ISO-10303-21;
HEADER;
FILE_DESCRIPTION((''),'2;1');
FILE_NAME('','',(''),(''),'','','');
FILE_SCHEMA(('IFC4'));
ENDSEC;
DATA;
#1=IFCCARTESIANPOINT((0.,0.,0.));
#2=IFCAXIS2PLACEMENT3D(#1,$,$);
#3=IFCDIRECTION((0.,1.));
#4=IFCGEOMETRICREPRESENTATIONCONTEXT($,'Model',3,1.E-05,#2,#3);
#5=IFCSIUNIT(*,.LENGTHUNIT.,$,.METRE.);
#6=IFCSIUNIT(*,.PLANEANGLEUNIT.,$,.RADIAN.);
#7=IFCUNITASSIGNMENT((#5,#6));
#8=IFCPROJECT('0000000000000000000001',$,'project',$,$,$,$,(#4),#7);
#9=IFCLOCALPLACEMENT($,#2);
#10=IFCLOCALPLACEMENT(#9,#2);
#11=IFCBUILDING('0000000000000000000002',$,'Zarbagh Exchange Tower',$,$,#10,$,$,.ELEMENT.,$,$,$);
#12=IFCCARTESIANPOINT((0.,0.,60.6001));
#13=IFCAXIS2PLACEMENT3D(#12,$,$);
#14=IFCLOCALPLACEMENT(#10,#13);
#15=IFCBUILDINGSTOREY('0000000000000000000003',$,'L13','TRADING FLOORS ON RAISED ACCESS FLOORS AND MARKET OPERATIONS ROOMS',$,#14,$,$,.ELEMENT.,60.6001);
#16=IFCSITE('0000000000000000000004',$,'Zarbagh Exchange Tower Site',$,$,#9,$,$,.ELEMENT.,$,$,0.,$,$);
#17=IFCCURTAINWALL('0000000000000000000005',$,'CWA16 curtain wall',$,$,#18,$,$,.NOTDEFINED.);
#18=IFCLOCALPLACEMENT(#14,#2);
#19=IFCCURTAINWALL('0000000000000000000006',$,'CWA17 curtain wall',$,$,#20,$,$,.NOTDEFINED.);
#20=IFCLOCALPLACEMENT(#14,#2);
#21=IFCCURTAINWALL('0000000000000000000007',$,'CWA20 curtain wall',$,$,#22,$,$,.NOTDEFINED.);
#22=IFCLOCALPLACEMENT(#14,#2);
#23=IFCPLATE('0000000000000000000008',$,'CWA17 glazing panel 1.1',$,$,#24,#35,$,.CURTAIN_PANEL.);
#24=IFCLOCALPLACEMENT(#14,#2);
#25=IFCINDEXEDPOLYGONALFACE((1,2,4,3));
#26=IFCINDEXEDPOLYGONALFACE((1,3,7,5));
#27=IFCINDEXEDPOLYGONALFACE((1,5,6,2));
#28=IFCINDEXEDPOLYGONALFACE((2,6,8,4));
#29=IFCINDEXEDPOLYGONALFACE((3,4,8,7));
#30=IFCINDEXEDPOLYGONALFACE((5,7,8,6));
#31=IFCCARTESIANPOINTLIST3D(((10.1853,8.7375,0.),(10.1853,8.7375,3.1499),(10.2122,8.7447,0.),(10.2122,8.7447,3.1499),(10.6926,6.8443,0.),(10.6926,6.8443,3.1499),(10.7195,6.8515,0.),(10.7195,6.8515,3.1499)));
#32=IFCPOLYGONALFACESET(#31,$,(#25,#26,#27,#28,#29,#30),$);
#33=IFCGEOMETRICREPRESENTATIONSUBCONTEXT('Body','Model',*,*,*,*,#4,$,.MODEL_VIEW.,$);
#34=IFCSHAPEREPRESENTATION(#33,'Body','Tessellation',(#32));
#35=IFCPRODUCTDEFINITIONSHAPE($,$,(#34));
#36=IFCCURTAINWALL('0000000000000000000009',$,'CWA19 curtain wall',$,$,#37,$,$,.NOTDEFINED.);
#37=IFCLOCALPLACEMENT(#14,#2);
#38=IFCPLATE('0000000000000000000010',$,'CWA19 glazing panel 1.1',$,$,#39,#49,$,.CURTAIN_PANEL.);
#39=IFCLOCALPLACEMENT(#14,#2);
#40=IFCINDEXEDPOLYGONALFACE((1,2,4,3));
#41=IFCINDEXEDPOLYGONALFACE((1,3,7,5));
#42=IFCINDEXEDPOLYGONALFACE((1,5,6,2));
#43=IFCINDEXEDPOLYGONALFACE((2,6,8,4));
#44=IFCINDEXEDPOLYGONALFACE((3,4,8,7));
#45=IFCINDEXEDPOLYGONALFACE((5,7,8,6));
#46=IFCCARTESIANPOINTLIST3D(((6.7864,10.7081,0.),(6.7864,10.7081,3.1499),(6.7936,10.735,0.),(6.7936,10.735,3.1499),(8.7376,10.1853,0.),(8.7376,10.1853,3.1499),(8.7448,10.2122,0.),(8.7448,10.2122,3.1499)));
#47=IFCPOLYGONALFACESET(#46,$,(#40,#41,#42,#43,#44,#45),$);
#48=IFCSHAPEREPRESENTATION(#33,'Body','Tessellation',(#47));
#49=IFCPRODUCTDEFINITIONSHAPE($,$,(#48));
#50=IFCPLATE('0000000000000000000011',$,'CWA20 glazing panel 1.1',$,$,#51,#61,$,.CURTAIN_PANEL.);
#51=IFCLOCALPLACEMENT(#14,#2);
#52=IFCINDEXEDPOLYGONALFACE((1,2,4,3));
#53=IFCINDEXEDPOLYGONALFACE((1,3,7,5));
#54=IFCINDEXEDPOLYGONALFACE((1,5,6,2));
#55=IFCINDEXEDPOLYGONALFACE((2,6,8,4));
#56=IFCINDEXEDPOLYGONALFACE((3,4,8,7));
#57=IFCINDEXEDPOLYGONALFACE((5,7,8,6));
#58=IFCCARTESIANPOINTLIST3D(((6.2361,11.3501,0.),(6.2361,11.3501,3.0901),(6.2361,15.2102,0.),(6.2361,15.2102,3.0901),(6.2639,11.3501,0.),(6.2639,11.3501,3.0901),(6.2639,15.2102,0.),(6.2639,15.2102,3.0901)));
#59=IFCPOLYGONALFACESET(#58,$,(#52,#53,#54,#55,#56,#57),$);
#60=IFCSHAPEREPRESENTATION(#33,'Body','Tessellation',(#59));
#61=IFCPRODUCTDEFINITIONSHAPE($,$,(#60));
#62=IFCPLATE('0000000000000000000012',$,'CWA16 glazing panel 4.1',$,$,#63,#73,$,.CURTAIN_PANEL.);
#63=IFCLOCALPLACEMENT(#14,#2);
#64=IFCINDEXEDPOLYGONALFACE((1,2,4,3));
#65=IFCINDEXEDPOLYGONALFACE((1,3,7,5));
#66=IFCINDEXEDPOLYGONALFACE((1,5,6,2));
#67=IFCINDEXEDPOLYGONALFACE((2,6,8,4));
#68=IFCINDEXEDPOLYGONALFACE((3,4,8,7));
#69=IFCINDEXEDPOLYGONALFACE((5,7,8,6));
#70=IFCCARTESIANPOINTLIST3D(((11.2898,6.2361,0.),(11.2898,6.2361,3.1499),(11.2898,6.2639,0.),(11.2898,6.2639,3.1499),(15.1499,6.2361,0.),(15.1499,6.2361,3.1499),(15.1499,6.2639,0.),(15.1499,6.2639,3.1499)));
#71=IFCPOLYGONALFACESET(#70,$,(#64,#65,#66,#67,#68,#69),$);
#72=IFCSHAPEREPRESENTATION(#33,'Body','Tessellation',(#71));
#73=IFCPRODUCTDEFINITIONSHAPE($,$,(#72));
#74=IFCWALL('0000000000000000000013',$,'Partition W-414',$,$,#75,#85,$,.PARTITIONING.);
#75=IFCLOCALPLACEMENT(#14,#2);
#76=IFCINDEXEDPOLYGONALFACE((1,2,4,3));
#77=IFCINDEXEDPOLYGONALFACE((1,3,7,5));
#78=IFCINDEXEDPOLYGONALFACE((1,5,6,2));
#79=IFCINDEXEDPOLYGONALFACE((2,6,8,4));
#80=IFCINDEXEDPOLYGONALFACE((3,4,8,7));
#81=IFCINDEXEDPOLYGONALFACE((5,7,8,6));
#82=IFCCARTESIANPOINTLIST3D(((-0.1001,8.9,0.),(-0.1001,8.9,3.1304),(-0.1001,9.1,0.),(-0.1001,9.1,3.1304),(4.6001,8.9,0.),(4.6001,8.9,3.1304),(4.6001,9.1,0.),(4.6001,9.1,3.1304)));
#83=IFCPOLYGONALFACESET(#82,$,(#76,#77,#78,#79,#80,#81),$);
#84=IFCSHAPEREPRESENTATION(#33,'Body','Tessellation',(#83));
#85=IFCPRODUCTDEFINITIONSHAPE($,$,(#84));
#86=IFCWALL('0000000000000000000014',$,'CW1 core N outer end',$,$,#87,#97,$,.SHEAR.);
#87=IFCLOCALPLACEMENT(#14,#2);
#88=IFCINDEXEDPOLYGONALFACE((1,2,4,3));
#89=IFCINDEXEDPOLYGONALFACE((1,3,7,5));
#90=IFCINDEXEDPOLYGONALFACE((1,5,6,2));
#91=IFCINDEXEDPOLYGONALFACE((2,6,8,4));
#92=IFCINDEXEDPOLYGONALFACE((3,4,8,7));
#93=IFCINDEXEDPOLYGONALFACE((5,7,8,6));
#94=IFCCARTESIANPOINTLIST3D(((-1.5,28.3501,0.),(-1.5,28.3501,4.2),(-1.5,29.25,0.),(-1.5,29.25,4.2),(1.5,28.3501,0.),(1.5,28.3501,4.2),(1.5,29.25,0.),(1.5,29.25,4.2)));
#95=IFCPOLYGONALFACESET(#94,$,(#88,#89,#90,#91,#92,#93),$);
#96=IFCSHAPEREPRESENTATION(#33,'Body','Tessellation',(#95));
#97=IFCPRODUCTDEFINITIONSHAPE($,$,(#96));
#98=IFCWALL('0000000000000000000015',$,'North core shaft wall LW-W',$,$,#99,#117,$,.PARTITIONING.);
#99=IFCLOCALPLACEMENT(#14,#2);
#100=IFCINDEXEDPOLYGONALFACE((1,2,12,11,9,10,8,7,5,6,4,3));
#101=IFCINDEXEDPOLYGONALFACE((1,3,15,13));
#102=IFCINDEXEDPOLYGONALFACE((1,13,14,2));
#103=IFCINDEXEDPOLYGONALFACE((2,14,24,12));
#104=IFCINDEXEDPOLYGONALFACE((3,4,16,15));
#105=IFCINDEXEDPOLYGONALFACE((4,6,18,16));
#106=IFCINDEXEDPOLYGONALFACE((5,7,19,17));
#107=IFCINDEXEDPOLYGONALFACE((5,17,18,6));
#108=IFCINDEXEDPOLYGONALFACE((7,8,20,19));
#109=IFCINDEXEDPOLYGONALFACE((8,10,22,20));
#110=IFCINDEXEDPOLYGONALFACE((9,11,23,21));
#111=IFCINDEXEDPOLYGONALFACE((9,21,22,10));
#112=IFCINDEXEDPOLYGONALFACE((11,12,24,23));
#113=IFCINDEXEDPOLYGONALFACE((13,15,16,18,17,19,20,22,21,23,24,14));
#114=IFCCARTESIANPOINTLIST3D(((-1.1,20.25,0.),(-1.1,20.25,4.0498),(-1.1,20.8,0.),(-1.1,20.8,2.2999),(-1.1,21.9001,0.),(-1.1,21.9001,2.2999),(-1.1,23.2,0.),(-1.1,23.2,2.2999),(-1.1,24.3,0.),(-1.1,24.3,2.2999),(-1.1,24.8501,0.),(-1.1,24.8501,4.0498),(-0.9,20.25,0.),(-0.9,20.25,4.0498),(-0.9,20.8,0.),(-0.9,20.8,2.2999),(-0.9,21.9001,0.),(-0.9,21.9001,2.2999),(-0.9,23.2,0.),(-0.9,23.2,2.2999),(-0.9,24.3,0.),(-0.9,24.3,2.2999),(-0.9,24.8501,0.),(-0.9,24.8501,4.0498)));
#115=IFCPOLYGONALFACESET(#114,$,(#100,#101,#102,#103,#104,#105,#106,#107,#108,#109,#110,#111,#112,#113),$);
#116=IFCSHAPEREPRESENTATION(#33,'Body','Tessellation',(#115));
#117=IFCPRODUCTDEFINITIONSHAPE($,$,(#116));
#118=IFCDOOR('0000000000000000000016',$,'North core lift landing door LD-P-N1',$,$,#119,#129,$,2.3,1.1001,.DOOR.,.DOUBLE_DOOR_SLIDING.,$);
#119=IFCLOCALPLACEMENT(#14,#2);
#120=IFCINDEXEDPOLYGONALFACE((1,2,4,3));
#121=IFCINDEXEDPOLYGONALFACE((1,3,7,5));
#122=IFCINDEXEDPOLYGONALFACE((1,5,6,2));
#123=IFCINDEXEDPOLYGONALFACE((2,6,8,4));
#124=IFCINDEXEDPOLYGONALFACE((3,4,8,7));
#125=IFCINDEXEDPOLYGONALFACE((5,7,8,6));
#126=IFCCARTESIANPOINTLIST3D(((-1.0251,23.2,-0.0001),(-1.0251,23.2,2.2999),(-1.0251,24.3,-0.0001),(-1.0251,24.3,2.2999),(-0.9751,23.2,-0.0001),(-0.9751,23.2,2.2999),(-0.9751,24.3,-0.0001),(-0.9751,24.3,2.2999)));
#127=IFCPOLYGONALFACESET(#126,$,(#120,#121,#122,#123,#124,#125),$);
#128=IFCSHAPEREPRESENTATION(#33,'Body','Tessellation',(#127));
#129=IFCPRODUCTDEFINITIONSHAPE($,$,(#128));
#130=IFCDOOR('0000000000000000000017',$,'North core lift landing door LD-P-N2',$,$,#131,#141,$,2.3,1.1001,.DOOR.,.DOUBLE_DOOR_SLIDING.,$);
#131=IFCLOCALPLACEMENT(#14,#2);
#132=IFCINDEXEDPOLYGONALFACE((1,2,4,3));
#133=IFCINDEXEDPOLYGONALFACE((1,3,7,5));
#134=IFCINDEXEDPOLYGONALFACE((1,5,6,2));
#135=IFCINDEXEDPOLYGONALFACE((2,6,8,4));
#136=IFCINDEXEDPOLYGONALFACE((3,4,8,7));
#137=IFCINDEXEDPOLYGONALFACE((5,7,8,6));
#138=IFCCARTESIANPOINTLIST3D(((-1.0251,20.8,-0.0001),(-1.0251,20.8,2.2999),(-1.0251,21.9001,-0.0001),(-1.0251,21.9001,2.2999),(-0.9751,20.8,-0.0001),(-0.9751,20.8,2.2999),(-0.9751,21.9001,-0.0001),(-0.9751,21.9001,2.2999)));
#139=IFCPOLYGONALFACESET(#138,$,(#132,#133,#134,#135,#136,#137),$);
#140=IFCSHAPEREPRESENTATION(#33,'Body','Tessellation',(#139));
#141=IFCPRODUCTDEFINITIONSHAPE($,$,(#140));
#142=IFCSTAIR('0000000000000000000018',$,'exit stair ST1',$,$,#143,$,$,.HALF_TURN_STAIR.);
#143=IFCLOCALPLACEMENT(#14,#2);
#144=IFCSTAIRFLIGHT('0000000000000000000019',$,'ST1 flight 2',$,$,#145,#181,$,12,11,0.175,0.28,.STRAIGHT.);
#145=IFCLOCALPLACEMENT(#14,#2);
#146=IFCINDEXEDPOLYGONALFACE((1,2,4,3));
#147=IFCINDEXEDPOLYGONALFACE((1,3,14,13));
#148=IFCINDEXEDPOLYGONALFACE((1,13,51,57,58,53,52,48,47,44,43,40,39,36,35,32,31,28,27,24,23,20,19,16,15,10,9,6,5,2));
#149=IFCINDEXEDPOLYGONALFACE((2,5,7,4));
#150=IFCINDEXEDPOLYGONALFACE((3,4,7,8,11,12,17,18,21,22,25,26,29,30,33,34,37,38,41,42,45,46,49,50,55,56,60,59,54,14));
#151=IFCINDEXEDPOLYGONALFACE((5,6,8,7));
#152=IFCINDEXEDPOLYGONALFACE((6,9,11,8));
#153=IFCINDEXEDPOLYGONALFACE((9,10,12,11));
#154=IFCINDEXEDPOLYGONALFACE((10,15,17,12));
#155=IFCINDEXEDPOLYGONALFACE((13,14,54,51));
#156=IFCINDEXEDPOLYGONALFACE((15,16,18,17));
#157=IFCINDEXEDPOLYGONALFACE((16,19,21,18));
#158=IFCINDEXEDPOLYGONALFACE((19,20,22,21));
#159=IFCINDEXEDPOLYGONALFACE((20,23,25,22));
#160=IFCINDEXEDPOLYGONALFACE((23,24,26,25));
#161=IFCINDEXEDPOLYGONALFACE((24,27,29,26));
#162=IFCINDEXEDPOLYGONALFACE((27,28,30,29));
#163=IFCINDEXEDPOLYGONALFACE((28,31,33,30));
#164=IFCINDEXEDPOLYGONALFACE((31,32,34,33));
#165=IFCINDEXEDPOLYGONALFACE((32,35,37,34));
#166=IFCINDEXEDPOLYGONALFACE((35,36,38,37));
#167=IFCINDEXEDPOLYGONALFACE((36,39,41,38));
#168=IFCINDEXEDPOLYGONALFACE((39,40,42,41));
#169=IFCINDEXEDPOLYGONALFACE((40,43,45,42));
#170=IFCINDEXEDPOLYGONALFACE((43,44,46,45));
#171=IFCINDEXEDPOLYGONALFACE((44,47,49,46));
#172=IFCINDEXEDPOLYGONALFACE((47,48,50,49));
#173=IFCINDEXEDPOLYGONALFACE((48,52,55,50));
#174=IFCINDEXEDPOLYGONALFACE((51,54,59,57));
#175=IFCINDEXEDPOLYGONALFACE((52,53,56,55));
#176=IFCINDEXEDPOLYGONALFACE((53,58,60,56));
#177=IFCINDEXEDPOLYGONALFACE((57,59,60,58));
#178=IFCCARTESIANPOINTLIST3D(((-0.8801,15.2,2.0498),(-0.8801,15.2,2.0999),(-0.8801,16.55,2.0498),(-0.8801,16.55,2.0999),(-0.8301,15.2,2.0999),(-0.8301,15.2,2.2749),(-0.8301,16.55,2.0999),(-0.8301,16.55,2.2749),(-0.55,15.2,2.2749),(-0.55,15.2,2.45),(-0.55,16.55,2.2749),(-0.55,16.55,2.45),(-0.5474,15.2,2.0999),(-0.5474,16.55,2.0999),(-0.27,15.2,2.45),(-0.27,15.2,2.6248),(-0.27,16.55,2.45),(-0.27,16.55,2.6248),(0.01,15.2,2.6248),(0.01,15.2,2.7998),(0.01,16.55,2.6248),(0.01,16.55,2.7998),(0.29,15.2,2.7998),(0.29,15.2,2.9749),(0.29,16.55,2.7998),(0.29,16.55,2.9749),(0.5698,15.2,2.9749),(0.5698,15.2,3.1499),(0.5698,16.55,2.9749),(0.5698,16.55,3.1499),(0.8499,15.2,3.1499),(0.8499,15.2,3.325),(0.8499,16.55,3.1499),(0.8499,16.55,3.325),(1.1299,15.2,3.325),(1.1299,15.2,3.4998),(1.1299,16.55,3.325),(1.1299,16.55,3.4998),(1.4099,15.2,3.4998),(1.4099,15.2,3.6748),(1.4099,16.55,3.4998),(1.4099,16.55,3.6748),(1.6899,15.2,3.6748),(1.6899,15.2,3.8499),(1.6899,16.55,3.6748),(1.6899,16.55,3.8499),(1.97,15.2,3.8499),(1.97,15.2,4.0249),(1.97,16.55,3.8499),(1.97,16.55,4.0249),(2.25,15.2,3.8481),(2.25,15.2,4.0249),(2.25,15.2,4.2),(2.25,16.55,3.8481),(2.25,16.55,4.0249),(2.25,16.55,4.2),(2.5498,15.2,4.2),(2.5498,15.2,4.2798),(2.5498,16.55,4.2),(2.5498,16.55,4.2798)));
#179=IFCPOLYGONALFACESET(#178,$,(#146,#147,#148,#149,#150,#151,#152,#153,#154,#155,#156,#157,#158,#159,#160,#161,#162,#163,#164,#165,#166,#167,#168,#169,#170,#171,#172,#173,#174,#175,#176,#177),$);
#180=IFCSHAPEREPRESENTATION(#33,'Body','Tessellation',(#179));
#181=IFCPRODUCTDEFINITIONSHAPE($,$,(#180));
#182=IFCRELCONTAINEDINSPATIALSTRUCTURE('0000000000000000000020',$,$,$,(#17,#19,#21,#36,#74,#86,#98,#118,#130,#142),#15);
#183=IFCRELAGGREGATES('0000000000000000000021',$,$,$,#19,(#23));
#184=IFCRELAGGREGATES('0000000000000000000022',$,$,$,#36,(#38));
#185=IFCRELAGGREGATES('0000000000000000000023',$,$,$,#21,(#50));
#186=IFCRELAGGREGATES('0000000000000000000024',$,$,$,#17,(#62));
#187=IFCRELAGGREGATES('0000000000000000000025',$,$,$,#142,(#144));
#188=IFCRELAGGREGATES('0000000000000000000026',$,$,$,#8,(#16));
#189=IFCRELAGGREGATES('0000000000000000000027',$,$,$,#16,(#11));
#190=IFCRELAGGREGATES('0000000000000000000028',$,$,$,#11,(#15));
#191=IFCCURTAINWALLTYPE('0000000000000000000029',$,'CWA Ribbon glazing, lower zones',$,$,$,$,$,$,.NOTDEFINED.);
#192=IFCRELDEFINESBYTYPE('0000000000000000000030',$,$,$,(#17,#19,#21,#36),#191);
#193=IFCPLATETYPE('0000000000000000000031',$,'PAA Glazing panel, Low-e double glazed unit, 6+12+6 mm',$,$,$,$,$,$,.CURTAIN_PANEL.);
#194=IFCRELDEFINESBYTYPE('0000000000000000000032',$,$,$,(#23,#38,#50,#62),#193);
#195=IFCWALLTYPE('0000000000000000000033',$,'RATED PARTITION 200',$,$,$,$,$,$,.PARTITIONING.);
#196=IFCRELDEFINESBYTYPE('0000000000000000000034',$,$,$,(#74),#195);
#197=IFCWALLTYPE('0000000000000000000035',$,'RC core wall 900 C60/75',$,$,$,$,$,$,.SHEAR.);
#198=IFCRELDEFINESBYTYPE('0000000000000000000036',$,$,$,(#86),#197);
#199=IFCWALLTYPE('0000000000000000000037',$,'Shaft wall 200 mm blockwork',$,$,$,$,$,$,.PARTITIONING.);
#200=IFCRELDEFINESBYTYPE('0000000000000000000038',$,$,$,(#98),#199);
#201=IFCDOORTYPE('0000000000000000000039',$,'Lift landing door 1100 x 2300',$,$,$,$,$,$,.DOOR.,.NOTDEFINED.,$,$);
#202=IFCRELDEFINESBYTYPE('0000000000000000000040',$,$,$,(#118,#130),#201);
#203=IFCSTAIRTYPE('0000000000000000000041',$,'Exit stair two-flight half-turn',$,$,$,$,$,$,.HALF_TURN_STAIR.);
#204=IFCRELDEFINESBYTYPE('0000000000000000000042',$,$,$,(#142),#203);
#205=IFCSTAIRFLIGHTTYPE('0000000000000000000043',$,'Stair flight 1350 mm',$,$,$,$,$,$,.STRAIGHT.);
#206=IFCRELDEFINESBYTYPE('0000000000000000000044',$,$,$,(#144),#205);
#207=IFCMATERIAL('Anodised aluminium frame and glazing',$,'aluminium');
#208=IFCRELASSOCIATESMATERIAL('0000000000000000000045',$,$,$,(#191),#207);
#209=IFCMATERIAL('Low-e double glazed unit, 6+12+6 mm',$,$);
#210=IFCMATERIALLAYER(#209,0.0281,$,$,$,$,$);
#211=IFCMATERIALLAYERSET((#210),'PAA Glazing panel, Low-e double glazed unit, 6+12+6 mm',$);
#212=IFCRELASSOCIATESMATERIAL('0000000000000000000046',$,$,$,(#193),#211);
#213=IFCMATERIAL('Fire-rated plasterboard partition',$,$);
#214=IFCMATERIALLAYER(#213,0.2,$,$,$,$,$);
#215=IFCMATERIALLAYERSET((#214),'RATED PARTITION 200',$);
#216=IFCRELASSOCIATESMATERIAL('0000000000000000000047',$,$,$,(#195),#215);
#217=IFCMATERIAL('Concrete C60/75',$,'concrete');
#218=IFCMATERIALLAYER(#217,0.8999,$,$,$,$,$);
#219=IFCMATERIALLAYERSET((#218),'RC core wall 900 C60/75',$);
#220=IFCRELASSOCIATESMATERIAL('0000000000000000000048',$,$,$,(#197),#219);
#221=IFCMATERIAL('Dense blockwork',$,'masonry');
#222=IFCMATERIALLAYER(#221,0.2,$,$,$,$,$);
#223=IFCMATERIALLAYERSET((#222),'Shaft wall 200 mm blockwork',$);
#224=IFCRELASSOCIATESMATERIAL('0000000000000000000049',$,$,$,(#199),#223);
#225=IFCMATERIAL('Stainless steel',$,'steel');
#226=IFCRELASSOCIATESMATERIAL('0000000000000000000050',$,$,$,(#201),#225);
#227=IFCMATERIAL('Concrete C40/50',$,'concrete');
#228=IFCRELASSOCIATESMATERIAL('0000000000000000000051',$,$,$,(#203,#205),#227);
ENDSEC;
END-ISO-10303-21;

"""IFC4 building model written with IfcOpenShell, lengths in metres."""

from ifc_helpers import new_model, si_unit, direction, frame, frame_2d, origin, place, context, subcontext, project, spatial, polyline, rectangle, outline, extrude, source, transform, mapped, material, layer, layer_set, type_object, element, fill, aggregate, save


model = new_model("IFC4")

# Units and contexts
model_context = context("Model", 3, precision=1e-05, world=origin(), true_north=direction((0.0, 1.0)))
body_context = subcontext(model_context, "Body", "Model", "MODEL_VIEW")
ifc_project = project(units=[si_unit("LENGTHUNIT", "METRE"), si_unit("PLANEANGLEUNIT", "RADIAN")], contexts=[model_context])

# Site, building, storey
site_placement = place(None, origin())
site = spatial("IfcSite", under=ifc_project, at=site_placement, Name="Zarbagh Exchange Tower Site", CompositionType="ELEMENT", RefElevation=0.0)
building_placement = place(site_placement, origin())
building = spatial("IfcBuilding", under=site, at=building_placement, Name="Zarbagh Exchange Tower", CompositionType="ELEMENT")
storey_placement = place(building_placement, frame((0.0, 0.0, 60.6001)))
storey = spatial("IfcBuildingStorey", under=building, at=storey_placement, Name="L13", Description="TRADING FLOORS ON RAISED ACCESS FLOORS AND MARKET OPERATIONS ROOMS", CompositionType="ELEMENT", Elevation=60.6001)

# Shared definitions
ifc_material_1 = material(Name="Concrete C60/75", Category="concrete")

# Curtain wall
ifc_material_2 = material(Name="Anodised aluminium frame and glazing", Category="aluminium")
curtain_wall_type = type_object("IfcCurtainWallType", Name="CWA Ribbon glazing, lower zones", PredefinedType="NOTDEFINED", material=ifc_material_2)
curtain_wall_1_placement = place(storey_placement, origin())
curtain_wall_1 = element("IfcCurtainWall", 1, at=curtain_wall_1_placement, inside=storey, type_object=curtain_wall_type, Name="CWA16 curtain wall", PredefinedType="NOTDEFINED")
placement = place(storey_placement, origin())

# Curtain wall
curtain_wall_2_placement = place(storey_placement, origin())
curtain_wall_2 = element("IfcCurtainWall", 2, at=curtain_wall_2_placement, inside=storey, type_object=curtain_wall_type, Name="CWA17 curtain wall", PredefinedType="NOTDEFINED")

# Curtain wall
curtain_wall_3_placement = place(storey_placement, origin())
curtain_wall_3 = element("IfcCurtainWall", 3, at=curtain_wall_3_placement, inside=storey, type_object=curtain_wall_type, Name="CWA20 curtain wall", PredefinedType="NOTDEFINED")

# Shared definitions
ifc_material_3 = material(Name="Low-e double glazed unit, 6+12+6 mm")
ifc_layer_1 = layer(ifc_material_3, 0.0281)
ifc_layer_set_1 = layer_set([ifc_layer_1], Name="PAA Glazing panel, Low-e double glazed unit, 6+12+6 mm")
plate_type = type_object("IfcPlateType", Name="PAA Glazing panel, Low-e double glazed unit, 6+12+6 mm", PredefinedType="CURTAIN_PANEL", material=ifc_layer_set_1)

# Plate
shared_shape_1 = source(origin(), body_context, "Body", "SweptSolid", [
    extrude(outline(polyline([(0.0, -0.0139), (1.96, -0.0139), (1.96, 0.0139), (0.0, 0.0139), (0.0, -0.0139)])), origin(), (0.0, 0.0, 1.0), 3.1499),
])
plate_1 = element("IfcPlate", 4, at=placement, type_object=plate_type, Name="CWA17 glazing panel 1.1", PredefinedType="CURTAIN_PANEL", context=body_context, shape_type="MappedRepresentation", body=[
    mapped(shared_shape_1, transform((10.7061, 6.8479, 0.0), x_axis=(-0.258825, 0.965924, 0.0), y_axis=(-0.965924, -0.258825, 0.0), z_axis=(0.0, 0.0, 1.0))),
])
aggregate(curtain_wall_2, [plate_1])

# Curtain wall, plate
curtain_wall_4_placement = place(storey_placement, origin())
curtain_wall_4 = element("IfcCurtainWall", 5, at=curtain_wall_4_placement, inside=storey, type_object=curtain_wall_type, Name="CWA19 curtain wall", PredefinedType="NOTDEFINED")
shared_shape_2 = source(origin(), body_context, "Body", "SweptSolid", [
    extrude(outline(polyline([(0.0, -0.0139), (2.02, -0.0139), (2.02, 0.0139), (0.0, 0.0139), (0.0, -0.0139)])), origin(), (0.0, 0.0, 1.0), 3.1499),
])
plate_2 = element("IfcPlate", 6, at=placement, type_object=plate_type, Name="CWA19 glazing panel 1.1", PredefinedType="CURTAIN_PANEL", context=body_context, shape_type="MappedRepresentation", body=[
    mapped(shared_shape_2, transform((8.7412, 10.1987, 0.0), x_axis=(-0.965924, 0.258825, 0.0), y_axis=(-0.258825, -0.965924, 0.0), z_axis=(0.0, 0.0, 1.0))),
])
aggregate(curtain_wall_4, [plate_2])

# Plates
shared_shape_3 = source(origin(), body_context, "Body", "SweptSolid", [
    extrude(outline(polyline([(0.0, -0.0139), (3.8601, -0.0139), (3.8601, 0.0139), (0.0, 0.0139), (0.0, -0.0139)])), origin(), (0.0, 0.0, 1.0), 3.0901),
])
plate_3 = element("IfcPlate", 7, at=placement, type_object=plate_type, Name="CWA20 glazing panel 1.1", PredefinedType="CURTAIN_PANEL", context=body_context, shape_type="MappedRepresentation", body=[
    mapped(shared_shape_3, transform((6.25, 11.3501, 0.0), x_axis=(0.0, 1.0, 0.0), y_axis=(-1.0, 0.0, 0.0), z_axis=(0.0, 0.0, 1.0))),
])
aggregate(curtain_wall_3, [plate_3])
shared_shape_4 = source(origin(), body_context, "Body", "SweptSolid", [
    extrude(outline(polyline([(0.0, -0.0139), (3.8601, -0.0139), (3.8601, 0.0139), (0.0, 0.0139), (0.0, -0.0139)])), origin(), (0.0, 0.0, 1.0), 3.1499),
])
plate_4 = element("IfcPlate", 8, at=placement, type_object=plate_type, Name="CWA16 glazing panel 4.1", PredefinedType="CURTAIN_PANEL", context=body_context, shape_type="MappedRepresentation", body=[
    mapped(shared_shape_4, transform((15.1499, 6.25, 0.0), x_axis=(-1.0, 0.0, 0.0), y_axis=(0.0, -1.0, 0.0), z_axis=(0.0, 0.0, 1.0))),
])
aggregate(curtain_wall_1, [plate_4])

# Walls
ifc_material_4 = material(Name="Fire-rated plasterboard partition")
ifc_layer_2 = layer(ifc_material_4, 0.2)
ifc_layer_set_2 = layer_set([ifc_layer_2], Name="RATED PARTITION 200")
wall_type_1 = type_object("IfcWallType", Name="RATED PARTITION 200", PredefinedType="PARTITIONING", material=ifc_layer_set_2)
wall_1_placement = place(storey_placement, frame((-0.1001, 9.0, 0.0), z_axis=(0.0, 0.0, 1.0), x_axis=(1.0, 0.0, 0.0)))
element("IfcWall", 9, at=wall_1_placement, inside=storey, type_object=wall_type_1, Name="Partition W-414", PredefinedType="PARTITIONING", context=body_context, shape_type="SweptSolid", body=[
    extrude(rectangle(XDim=4.7002, YDim=0.2, at=frame_2d((2.3501, 0.0))), origin(), (0.0, 0.0, 1.0), 3.1304),
])
ifc_layer_3 = layer(ifc_material_1, 0.8999)
ifc_layer_set_3 = layer_set([ifc_layer_3], Name="RC core wall 900 C60/75")
wall_type_2 = type_object("IfcWallType", Name="RC core wall 900 C60/75", PredefinedType="SHEAR", material=ifc_layer_set_3)
wall_2_placement = place(storey_placement, frame((-1.5, 28.8, 0.0), z_axis=(0.0, 0.0, 1.0), x_axis=(1.0, 0.0, 0.0)))
element("IfcWall", 10, at=wall_2_placement, inside=storey, type_object=wall_type_2, Name="CW1 core N outer end", PredefinedType="SHEAR", context=body_context, shape_type="SweptSolid", body=[
    extrude(rectangle(XDim=3.0, YDim=0.8999, at=frame_2d((1.5, 0.0))), origin(), (0.0, 0.0, 1.0), 4.2),
])

# Wall, openings, doors
ifc_material_5 = material(Name="Dense blockwork", Category="masonry")
ifc_layer_4 = layer(ifc_material_5, 0.2)
ifc_layer_set_4 = layer_set([ifc_layer_4], Name="Shaft wall 200 mm blockwork")
wall_type_3 = type_object("IfcWallType", Name="Shaft wall 200 mm blockwork", PredefinedType="PARTITIONING", material=ifc_layer_set_4)
wall_3_placement = place(storey_placement, frame((-1.0, 24.8501, 0.0), z_axis=(0.0, 0.0, 1.0), x_axis=(0.0, -1.0, 0.0)))
wall_3 = element("IfcWall", 11, at=wall_3_placement, inside=storey, type_object=wall_type_3, Name="North core shaft wall LW-W", PredefinedType="PARTITIONING", context=body_context, shape_type="SweptSolid", body=[
    extrude(rectangle(XDim=4.6001, YDim=0.2, at=frame_2d((2.3, 0.0))), origin(), (0.0, 0.0, 1.0), 4.0498),
])
opening_1_placement = place(wall_3_placement, frame((0.55, 0.0, 0.0)))
opening_1 = element("IfcOpeningElement", 12, at=opening_1_placement, cuts=wall_3, PredefinedType="OPENING", context=body_context, shape_type="SweptSolid", body=[
    extrude(rectangle(XDim=1.1001, YDim=2.3, at=frame_2d((0.55, 1.1499))), frame((0.0, 0.1099, 0.0), z_axis=(0.0, -1.0, 0.0), x_axis=(1.0, 0.0, 0.0)), (0.0, 0.0, 1.0), 0.22),
])
opening_2_placement = place(wall_3_placement, frame((2.95, 0.0, 0.0)))
opening_2 = element("IfcOpeningElement", 13, at=opening_2_placement, cuts=wall_3, PredefinedType="OPENING", context=body_context, shape_type="SweptSolid", body=[
    extrude(rectangle(XDim=1.1001, YDim=2.3, at=frame_2d((0.55, 1.1499))), frame((0.0, 0.1099, 0.0), z_axis=(0.0, -1.0, 0.0), x_axis=(1.0, 0.0, 0.0)), (0.0, 0.0, 1.0), 0.22),
])
ifc_material_6 = material(Name="Stainless steel", Category="steel")
door_type = type_object("IfcDoorType", Name="Lift landing door 1100 x 2300", OperationType="NOTDEFINED", PredefinedType="DOOR", material=ifc_material_6)
door_1_placement = place(opening_1_placement, origin())
door_1 = element("IfcDoor", 14, at=door_1_placement, inside=storey, type_object=door_type, Name="North core lift landing door LD-P-N1", OperationType="DOUBLE_DOOR_SLIDING", OverallHeight=2.3, OverallWidth=1.1001, PredefinedType="DOOR", context=body_context, shape_type="SweptSolid", body=[
    extrude(rectangle(XDim=1.1001, YDim=2.3, at=frame_2d((0.55, 1.1499))), frame((0.0, 0.0249, 0.0), z_axis=(0.0, -1.0, 0.0), x_axis=(1.0, 0.0, 0.0)), (0.0, 0.0, 1.0), 0.05),
])
fill(opening_1, door_1)
door_2_placement = place(opening_2_placement, origin())
door_2 = element("IfcDoor", 15, at=door_2_placement, inside=storey, type_object=door_type, Name="North core lift landing door LD-P-N2", OperationType="DOUBLE_DOOR_SLIDING", OverallHeight=2.3, OverallWidth=1.1001, PredefinedType="DOOR", context=body_context, shape_type="SweptSolid", body=[
    extrude(rectangle(XDim=1.1001, YDim=2.3, at=frame_2d((0.55, 1.1499))), frame((0.0, 0.0249, 0.0), z_axis=(0.0, -1.0, 0.0), x_axis=(1.0, 0.0, 0.0)), (0.0, 0.0, 1.0), 0.05),
])
fill(opening_2, door_2)

# Stair, stair flight
ifc_material_7 = material(Name="Concrete C40/50", Category="concrete")
stair_type = type_object("IfcStairType", Name="Exit stair two-flight half-turn", PredefinedType="HALF_TURN_STAIR", material=ifc_material_7)
stair_1_placement = place(storey_placement, origin())
stair_1 = element("IfcStair", 16, at=stair_1_placement, inside=storey, type_object=stair_type, Name="exit stair ST1", PredefinedType="HALF_TURN_STAIR")
stair_flight_type = type_object("IfcStairFlightType", Name="Stair flight 1350 mm", PredefinedType="STRAIGHT", material=ifc_material_7)
stair_flight_1_placement = place(storey_placement, frame((-0.8301, 15.875, 2.0999), z_axis=(0.0, 0.0, 1.0), x_axis=(1.0, 0.0, 0.0)))
stair_flight_1 = element("IfcStairFlight", 17, at=stair_flight_1_placement, type_object=stair_flight_type, Name="ST1 flight 2", NumberOfRisers=12, NumberOfTreads=11, PredefinedType="STRAIGHT", RiserHeight=0.175, TreadLength=0.28, context=body_context, shape_type="SweptSolid", body=[
    extrude(outline(polyline([(-0.05, -0.05), (-0.05, 0.0), (0.0, 0.0), (0.0, 0.175), (0.28, 0.175), (0.28, 0.3501), (0.5601, 0.3501), (0.5601, 0.5249), (0.8401, 0.5249), (0.8401, 0.7), (1.1201, 0.7), (1.1201, 0.875), (1.3999, 0.875), (1.3999, 1.05), (1.6799, 1.05), (1.6799, 1.2251), (1.96, 1.2251), (1.96, 1.3999), (2.24, 1.3999), (2.24, 1.575), (2.52, 1.575), (2.52, 1.75), (2.8, 1.75), (2.8, 1.925), (3.0801, 1.925), (3.0801, 2.1001), (3.3799, 2.1799), (3.3799, 2.1001), (3.0801, 1.7483), (0.2827, 0.0), (-0.05, -0.05)])), frame((0.0, 0.675, 0.0), z_axis=(0.0, -1.0, 0.0), x_axis=(1.0, 0.0, 0.0)), (0.0, 0.0, 1.0), 1.3501),
])
aggregate(stair_1, [stair_flight_1])

save(model, "model.ifc")
